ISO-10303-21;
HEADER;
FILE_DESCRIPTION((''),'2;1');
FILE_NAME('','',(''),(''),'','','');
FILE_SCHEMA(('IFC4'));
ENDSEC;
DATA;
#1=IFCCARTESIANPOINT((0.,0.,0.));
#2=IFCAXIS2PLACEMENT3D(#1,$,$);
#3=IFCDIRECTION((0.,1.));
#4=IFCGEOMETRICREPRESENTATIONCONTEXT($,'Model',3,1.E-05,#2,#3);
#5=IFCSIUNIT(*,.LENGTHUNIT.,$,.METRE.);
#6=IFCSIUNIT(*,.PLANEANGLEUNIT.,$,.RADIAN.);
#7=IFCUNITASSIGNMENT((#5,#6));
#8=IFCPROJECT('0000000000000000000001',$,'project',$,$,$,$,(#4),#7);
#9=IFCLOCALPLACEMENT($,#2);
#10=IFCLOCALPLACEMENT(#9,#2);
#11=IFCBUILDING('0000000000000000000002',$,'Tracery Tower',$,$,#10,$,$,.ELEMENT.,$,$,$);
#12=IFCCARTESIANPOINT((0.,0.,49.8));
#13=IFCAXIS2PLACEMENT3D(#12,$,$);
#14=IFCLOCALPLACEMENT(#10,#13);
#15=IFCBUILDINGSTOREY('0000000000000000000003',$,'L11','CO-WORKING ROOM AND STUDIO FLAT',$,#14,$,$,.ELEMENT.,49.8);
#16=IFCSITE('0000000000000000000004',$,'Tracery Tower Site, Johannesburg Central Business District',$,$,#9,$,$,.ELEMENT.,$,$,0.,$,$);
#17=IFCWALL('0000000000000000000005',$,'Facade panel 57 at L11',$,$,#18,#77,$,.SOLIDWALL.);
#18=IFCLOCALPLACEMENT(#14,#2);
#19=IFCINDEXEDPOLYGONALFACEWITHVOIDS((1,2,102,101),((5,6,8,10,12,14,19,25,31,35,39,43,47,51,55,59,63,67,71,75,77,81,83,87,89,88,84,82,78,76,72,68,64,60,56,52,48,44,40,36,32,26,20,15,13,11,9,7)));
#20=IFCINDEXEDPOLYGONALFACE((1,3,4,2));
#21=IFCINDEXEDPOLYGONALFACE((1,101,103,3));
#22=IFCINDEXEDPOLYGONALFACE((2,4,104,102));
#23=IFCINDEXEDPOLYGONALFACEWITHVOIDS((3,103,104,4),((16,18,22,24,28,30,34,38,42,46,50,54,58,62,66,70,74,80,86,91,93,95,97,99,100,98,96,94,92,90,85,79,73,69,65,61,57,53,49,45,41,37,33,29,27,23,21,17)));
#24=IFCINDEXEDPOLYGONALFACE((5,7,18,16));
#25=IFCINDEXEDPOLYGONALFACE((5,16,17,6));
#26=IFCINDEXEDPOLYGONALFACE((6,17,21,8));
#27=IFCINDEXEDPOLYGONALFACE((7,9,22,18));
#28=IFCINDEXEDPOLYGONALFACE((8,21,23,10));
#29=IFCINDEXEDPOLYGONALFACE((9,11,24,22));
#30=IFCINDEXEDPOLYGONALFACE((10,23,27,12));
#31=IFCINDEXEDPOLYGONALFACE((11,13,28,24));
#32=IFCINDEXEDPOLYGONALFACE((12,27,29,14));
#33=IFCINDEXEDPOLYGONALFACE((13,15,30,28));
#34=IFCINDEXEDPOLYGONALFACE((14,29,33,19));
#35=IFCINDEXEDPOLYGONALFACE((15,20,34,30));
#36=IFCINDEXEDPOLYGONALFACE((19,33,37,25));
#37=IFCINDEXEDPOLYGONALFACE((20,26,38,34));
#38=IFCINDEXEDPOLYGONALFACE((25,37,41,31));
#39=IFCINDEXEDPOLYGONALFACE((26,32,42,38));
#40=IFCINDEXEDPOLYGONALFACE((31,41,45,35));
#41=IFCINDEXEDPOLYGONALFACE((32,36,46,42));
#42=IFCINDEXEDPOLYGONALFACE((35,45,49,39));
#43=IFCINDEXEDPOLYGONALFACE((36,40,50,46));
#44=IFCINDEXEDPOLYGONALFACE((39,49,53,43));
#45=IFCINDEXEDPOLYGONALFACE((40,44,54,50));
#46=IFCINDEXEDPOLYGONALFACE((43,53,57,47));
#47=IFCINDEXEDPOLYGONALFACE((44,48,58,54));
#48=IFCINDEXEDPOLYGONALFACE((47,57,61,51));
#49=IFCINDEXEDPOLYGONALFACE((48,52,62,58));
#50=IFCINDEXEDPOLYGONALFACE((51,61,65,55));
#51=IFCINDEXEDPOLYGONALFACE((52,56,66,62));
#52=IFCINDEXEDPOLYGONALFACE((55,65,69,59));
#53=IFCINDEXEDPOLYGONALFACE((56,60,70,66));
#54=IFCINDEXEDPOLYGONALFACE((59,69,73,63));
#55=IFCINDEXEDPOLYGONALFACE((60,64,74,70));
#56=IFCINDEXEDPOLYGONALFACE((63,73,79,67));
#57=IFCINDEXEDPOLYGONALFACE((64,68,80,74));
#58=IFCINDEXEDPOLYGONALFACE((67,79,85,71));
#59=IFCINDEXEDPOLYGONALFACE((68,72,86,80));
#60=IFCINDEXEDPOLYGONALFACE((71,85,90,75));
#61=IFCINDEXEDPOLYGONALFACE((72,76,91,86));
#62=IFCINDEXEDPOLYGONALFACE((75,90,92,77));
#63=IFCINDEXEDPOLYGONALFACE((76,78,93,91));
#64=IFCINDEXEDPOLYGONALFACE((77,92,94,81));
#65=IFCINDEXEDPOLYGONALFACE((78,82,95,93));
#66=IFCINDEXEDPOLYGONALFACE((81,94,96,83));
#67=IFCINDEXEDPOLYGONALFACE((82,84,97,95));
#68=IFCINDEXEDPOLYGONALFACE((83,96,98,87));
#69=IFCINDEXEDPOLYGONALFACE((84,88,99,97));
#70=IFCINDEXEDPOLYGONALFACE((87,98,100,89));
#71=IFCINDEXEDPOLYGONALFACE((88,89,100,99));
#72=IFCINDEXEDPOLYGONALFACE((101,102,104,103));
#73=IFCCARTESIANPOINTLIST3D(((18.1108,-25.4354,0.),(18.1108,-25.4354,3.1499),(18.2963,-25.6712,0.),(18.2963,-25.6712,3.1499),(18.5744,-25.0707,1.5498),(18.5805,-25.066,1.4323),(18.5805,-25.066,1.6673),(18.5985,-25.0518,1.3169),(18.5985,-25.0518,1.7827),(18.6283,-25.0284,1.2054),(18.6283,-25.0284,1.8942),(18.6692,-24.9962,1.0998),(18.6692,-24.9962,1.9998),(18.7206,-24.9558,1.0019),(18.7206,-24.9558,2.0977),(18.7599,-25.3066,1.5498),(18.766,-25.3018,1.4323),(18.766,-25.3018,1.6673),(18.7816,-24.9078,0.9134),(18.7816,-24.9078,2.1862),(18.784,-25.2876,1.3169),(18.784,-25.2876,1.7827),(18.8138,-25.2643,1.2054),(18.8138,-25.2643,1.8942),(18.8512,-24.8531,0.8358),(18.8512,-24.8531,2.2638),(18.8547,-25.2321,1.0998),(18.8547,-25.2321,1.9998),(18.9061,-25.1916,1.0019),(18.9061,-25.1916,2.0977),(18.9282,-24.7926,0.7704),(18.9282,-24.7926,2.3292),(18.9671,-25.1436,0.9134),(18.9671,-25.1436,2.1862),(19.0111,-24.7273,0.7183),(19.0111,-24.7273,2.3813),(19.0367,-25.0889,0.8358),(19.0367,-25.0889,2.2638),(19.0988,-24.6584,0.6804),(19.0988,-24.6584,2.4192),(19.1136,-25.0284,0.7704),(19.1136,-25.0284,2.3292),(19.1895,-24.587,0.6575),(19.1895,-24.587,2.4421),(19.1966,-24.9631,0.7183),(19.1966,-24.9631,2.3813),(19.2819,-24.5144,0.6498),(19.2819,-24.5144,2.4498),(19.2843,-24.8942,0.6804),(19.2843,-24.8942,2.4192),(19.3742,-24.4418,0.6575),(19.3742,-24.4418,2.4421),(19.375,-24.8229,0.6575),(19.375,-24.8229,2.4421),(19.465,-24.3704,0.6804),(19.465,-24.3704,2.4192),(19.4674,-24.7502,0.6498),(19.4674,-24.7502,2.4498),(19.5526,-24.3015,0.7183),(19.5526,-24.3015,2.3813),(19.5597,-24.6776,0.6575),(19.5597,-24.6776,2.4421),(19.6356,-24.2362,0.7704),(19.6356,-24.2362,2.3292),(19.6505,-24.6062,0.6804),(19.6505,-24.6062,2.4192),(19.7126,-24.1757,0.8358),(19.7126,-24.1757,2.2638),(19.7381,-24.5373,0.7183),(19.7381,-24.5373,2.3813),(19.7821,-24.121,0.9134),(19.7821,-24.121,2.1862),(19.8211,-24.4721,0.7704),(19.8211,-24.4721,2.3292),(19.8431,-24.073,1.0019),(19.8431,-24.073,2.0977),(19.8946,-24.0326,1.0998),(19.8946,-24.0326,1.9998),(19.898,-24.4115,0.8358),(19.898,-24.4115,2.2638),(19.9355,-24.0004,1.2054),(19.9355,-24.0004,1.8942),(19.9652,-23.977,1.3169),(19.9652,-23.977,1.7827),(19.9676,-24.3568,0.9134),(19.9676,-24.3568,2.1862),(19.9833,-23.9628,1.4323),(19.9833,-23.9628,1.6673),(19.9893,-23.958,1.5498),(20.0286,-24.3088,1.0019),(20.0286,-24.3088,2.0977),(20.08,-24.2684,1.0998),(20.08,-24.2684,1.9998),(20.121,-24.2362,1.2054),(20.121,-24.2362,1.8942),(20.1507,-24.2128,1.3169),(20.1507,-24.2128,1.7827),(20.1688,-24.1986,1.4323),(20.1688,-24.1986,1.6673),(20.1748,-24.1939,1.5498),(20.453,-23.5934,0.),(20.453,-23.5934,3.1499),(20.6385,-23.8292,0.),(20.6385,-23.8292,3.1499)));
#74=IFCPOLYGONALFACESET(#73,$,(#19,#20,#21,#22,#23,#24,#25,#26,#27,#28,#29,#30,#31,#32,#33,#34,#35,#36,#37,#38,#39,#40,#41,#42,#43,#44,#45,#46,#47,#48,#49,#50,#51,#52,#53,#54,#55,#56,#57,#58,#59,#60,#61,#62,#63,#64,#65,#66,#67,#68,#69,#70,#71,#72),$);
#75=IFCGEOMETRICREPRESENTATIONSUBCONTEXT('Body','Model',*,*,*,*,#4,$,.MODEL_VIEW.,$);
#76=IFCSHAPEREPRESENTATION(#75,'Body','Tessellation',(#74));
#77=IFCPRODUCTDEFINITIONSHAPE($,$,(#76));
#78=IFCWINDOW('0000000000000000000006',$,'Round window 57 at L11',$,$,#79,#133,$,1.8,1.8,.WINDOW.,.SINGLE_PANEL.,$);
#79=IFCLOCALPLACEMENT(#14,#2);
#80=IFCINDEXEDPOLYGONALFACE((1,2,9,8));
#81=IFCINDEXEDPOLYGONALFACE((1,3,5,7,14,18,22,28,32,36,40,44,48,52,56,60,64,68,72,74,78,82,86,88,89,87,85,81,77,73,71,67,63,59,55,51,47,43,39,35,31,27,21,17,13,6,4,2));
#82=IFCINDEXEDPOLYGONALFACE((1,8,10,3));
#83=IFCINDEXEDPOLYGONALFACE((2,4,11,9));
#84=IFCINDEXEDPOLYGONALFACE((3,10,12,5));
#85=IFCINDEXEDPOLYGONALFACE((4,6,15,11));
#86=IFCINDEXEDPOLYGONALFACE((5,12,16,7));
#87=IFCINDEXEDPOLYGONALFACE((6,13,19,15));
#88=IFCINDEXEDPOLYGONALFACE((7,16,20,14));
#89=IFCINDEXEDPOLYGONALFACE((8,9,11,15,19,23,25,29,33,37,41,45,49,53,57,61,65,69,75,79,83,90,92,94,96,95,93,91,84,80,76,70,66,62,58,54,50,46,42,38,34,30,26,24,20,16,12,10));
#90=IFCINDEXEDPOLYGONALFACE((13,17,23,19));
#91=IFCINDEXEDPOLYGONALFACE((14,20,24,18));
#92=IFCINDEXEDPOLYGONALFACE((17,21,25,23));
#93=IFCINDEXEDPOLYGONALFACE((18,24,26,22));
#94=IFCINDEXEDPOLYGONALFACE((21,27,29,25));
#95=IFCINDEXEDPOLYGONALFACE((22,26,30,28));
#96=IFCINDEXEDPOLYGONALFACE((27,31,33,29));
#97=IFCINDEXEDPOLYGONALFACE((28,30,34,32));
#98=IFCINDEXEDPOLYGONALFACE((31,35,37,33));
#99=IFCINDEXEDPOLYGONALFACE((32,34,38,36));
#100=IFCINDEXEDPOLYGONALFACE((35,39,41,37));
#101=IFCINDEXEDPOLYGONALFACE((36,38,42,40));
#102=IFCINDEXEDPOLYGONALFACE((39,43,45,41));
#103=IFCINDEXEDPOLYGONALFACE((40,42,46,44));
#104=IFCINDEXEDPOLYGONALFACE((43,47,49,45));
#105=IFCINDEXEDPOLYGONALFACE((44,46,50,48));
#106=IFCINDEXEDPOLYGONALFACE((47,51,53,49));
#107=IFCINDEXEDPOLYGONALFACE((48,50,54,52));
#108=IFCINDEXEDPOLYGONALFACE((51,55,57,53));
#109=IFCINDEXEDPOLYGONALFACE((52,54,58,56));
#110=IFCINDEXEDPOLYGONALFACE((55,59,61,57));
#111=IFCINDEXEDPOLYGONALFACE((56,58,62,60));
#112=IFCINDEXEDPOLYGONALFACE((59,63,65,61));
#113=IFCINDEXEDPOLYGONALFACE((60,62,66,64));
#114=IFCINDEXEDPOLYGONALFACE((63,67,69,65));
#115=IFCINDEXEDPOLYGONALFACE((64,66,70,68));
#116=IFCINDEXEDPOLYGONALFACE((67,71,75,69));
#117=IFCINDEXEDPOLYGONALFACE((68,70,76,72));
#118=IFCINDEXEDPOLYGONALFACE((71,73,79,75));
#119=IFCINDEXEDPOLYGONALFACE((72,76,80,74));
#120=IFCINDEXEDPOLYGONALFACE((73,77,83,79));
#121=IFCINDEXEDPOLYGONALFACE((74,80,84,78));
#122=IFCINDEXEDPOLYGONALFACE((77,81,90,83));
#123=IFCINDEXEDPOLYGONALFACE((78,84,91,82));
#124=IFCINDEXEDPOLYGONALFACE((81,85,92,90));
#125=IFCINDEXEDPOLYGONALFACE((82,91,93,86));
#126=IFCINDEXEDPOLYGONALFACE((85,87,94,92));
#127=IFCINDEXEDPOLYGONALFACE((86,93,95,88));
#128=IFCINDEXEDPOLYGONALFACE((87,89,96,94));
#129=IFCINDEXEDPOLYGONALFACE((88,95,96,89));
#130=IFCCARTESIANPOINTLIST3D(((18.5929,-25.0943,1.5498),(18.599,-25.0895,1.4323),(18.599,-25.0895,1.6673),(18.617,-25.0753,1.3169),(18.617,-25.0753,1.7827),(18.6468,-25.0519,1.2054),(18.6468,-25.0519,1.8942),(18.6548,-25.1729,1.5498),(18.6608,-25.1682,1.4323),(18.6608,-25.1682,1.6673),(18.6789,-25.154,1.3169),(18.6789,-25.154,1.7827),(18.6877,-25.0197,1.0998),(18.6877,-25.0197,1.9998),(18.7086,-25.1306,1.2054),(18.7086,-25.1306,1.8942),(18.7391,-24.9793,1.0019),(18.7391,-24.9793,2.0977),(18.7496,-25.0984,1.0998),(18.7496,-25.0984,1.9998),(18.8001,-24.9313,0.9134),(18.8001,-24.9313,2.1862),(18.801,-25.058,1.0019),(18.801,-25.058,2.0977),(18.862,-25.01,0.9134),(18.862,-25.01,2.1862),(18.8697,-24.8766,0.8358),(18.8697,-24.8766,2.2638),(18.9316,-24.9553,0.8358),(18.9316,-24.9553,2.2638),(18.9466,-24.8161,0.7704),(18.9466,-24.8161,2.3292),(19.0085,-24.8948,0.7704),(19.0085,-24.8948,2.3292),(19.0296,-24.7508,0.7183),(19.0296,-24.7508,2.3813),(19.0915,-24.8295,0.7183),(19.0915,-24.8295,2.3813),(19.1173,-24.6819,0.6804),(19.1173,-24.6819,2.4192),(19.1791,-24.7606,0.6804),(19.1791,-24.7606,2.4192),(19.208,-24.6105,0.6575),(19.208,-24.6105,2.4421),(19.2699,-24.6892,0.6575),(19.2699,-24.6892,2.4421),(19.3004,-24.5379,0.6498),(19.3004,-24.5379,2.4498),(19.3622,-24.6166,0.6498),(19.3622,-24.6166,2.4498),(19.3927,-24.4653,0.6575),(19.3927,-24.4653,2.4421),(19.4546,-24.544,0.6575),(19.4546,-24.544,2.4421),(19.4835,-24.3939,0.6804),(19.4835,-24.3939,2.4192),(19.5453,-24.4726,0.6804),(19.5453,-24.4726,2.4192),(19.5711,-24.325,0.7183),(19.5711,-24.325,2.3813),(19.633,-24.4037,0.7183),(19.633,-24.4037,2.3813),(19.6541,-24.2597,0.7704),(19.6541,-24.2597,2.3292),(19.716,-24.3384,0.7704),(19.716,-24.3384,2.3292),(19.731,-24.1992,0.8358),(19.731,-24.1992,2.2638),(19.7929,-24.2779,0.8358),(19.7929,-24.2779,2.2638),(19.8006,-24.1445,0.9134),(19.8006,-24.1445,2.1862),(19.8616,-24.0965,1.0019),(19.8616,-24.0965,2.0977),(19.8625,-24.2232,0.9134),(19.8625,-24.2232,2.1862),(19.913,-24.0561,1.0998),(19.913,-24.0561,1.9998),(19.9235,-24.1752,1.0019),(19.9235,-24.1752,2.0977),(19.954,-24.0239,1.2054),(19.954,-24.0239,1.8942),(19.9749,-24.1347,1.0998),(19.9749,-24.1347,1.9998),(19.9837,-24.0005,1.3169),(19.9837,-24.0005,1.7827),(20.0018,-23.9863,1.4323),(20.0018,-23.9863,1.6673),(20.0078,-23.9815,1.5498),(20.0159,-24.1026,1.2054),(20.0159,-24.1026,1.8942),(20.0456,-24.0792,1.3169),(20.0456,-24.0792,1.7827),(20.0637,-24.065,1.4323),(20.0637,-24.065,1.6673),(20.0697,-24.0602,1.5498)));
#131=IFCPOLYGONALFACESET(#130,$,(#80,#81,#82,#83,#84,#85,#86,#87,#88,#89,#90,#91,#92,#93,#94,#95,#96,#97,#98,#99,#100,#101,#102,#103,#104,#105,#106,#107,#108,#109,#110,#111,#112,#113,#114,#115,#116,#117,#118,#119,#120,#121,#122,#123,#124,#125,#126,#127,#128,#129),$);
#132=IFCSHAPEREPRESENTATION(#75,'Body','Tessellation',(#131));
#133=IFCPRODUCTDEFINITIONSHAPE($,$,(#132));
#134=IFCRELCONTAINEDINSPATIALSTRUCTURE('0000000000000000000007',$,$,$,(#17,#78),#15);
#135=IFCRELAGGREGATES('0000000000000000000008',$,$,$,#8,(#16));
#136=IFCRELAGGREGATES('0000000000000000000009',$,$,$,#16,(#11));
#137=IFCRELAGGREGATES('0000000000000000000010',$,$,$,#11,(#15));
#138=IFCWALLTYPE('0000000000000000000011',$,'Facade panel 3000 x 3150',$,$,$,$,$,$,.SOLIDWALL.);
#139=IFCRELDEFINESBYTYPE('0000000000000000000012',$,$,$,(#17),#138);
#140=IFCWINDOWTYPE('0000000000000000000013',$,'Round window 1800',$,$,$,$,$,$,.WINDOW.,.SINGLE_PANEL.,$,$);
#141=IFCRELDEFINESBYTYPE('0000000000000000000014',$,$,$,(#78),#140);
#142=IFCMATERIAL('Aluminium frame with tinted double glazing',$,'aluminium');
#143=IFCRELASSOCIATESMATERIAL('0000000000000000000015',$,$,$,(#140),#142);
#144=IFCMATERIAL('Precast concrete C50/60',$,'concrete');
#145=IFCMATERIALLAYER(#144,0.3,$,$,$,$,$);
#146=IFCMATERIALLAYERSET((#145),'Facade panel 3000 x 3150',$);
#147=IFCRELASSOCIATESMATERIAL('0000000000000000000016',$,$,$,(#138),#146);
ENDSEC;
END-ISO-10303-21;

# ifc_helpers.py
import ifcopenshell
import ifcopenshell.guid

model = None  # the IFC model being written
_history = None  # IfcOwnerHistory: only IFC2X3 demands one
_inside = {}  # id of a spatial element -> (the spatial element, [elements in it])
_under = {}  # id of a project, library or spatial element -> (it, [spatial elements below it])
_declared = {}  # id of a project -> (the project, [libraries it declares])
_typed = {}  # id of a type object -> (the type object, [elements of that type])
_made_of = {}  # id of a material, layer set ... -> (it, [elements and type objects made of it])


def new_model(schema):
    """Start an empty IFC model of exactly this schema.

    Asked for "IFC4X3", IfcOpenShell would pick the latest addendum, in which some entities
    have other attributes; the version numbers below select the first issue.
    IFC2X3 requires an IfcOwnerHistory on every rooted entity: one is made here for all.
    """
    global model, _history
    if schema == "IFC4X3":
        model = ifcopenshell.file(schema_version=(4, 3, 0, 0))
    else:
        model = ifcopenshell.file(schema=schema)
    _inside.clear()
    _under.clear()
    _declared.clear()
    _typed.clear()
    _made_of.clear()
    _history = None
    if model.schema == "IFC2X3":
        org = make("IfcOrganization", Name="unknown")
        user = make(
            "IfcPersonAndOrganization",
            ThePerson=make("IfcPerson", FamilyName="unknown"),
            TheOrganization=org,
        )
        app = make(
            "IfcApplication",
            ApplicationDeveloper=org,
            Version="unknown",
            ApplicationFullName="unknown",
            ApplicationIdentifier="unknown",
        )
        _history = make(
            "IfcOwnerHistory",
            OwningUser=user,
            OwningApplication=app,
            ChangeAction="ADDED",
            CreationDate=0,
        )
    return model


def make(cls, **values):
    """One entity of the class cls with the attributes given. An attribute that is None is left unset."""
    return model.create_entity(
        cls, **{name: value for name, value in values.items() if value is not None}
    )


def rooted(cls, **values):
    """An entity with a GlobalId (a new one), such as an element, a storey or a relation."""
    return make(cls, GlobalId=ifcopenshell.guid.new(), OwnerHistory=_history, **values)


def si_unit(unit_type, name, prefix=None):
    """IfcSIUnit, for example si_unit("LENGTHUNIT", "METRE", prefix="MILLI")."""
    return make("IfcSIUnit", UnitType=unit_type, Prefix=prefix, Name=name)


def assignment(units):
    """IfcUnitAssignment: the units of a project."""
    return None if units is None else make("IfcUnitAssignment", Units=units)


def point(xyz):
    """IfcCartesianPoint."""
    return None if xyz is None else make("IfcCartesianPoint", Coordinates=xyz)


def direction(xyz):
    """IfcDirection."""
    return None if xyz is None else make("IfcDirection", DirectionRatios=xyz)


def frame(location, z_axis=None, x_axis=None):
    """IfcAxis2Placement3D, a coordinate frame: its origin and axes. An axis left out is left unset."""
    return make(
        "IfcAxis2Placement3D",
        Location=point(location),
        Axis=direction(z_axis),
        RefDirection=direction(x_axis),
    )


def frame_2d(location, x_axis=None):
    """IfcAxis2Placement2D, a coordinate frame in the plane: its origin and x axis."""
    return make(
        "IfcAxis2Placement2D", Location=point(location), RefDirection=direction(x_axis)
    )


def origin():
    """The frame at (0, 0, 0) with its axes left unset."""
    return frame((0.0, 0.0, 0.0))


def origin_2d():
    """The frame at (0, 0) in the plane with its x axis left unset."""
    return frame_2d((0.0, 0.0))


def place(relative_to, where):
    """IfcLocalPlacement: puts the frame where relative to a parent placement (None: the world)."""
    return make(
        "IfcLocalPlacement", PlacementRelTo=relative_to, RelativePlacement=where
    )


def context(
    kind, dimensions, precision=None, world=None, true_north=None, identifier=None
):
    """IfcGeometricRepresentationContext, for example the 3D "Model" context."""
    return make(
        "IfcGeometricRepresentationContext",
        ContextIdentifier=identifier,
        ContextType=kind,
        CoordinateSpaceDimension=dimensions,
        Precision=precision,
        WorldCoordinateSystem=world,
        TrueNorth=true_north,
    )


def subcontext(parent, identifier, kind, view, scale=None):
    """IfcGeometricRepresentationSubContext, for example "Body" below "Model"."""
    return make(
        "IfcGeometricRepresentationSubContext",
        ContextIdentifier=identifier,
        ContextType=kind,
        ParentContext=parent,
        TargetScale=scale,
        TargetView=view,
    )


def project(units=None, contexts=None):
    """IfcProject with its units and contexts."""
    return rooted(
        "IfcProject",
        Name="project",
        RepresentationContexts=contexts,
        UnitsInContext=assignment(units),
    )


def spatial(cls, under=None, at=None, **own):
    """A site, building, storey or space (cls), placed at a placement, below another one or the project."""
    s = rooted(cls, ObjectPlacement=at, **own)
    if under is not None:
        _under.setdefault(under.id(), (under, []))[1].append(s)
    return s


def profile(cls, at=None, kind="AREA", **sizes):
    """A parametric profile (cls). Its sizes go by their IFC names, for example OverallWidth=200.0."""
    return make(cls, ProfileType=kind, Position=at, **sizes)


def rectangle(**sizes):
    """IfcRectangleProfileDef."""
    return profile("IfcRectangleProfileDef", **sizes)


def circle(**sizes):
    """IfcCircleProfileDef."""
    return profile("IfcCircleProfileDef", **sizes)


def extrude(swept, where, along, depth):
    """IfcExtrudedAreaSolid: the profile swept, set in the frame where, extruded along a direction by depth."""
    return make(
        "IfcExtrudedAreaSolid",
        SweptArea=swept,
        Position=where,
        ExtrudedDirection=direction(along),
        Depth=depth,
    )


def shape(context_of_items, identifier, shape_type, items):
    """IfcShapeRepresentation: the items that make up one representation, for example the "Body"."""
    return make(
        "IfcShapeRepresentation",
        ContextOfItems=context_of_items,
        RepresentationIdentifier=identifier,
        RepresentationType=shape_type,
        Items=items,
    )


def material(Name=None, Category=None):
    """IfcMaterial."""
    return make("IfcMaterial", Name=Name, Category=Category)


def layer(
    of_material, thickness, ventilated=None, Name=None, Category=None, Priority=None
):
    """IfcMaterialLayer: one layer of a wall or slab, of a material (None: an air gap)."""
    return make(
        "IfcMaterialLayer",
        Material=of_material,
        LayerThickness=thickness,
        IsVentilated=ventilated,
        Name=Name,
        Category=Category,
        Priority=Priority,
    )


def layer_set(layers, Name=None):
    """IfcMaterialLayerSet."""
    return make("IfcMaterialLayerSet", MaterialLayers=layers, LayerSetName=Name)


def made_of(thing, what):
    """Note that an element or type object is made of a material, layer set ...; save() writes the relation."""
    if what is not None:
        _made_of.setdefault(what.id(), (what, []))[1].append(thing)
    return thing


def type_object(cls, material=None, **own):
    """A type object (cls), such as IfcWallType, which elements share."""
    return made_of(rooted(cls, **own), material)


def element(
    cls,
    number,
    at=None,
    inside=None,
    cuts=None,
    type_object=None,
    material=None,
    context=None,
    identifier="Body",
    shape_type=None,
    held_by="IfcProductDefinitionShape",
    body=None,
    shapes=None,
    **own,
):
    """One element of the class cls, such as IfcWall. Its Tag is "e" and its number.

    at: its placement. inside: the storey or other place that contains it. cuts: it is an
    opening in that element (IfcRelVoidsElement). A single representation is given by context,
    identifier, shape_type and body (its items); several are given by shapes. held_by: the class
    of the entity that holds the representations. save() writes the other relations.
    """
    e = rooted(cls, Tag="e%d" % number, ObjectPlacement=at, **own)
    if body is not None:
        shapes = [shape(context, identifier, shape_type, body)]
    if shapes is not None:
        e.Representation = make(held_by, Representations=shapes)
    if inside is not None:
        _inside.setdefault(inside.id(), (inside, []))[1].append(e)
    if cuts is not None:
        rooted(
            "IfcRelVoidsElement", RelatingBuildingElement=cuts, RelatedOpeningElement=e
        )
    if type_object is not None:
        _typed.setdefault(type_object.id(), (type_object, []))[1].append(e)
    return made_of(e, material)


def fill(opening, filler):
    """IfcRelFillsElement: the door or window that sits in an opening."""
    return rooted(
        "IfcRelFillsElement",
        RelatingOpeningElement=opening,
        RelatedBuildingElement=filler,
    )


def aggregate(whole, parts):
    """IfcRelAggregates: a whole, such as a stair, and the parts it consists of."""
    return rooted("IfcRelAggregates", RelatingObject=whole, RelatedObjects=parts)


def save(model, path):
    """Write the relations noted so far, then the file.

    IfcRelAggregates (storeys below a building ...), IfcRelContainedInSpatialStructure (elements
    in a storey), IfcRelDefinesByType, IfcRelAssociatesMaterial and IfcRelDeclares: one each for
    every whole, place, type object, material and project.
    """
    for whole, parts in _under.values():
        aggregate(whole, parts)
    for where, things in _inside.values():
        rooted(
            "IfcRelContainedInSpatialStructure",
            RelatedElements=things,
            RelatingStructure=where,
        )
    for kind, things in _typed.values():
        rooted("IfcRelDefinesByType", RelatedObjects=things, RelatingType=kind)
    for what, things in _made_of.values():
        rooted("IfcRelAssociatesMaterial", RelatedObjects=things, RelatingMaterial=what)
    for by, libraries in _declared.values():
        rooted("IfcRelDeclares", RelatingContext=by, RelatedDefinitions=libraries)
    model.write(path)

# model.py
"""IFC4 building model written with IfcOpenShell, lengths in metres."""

from ifc_helpers import new_model, si_unit, direction, frame, frame_2d, origin, origin_2d, place, context, subcontext, project, spatial, rectangle, circle, extrude, material, layer, layer_set, type_object, element, fill, save


model = new_model("IFC4")

# Units and contexts
model_context = context("Model", 3, precision=1e-05, world=origin(), true_north=direction((0.0, 1.0)))
body_context = subcontext(model_context, "Body", "Model", "MODEL_VIEW")
ifc_project = project(units=[si_unit("LENGTHUNIT", "METRE"), si_unit("PLANEANGLEUNIT", "RADIAN")], contexts=[model_context])

# Site, building, storey
site_placement = place(None, origin())
site = spatial("IfcSite", under=ifc_project, at=site_placement, Name="Tracery Tower Site, Johannesburg Central Business District", CompositionType="ELEMENT", RefElevation=0.0)
building_placement = place(site_placement, origin())
building = spatial("IfcBuilding", under=site, at=building_placement, Name="Tracery Tower", CompositionType="ELEMENT")
storey_placement = place(building_placement, frame((0.0, 0.0, 49.8)))
storey = spatial("IfcBuildingStorey", under=building, at=storey_placement, Name="L11", Description="CO-WORKING ROOM AND STUDIO FLAT", CompositionType="ELEMENT", Elevation=49.8)

# Wall, opening, window
ifc_material_1 = material(Name="Aluminium frame with tinted double glazing", Category="aluminium")
window_type = type_object("IfcWindowType", Name="Round window 1800", PartitioningType="SINGLE_PANEL", PredefinedType="WINDOW", material=ifc_material_1)
ifc_material_2 = material(Name="Precast concrete C50/60", Category="concrete")
ifc_layer_1 = layer(ifc_material_2, 0.3)
ifc_layer_set_1 = layer_set([ifc_layer_1], Name="Facade panel 3000 x 3150")
wall_type_1 = type_object("IfcWallType", Name="Facade panel 3000 x 3150", PredefinedType="SOLIDWALL", material=ifc_layer_set_1)
wall_1_placement = place(storey_placement, frame((18.2036, -25.5532, 0.0), z_axis=(0.0, 0.0, 1.0), x_axis=(0.786045, 0.618169, 0.0)))
wall_1 = element("IfcWall", 1, at=wall_1_placement, inside=storey, type_object=wall_type_1, Name="Facade panel 57 at L11", PredefinedType="SOLIDWALL", context=body_context, shape_type="SweptSolid", body=[
    extrude(rectangle(XDim=2.9797, YDim=0.3, at=frame_2d((1.4897, 0.0))), origin(), (0.0, 0.0, 1.0), 3.1499),
])
opening_1_placement = place(wall_1_placement, frame((1.4897, 0.0, 1.5498)))
opening_1 = element("IfcOpeningElement", 2, at=opening_1_placement, cuts=wall_1, PredefinedType="OPENING", context=body_context, shape_type="SweptSolid", body=[
    extrude(circle(Radius=0.9, at=origin_2d()), frame((0.0, 0.1599, 0.0), z_axis=(0.0, -1.0, 0.0), x_axis=(1.0, 0.0, 0.0)), (0.0, 0.0, 1.0), 0.3201),
])
window_1_placement = place(opening_1_placement, origin())
window_1 = element("IfcWindow", 3, at=window_1_placement, inside=storey, type_object=window_type, Name="Round window 57 at L11", OverallHeight=1.8, OverallWidth=1.8, PartitioningType="SINGLE_PANEL", PredefinedType="WINDOW", context=body_context, shape_type="SweptSolid", body=[
    extrude(circle(Radius=0.9, at=origin_2d()), frame((0.0, 0.1201, 0.0), z_axis=(0.0, -1.0, 0.0), x_axis=(1.0, 0.0, 0.0)), (0.0, 0.0, 1.0), 0.1001),
])
fill(opening_1, window_1)

save(model, "model.ifc")
